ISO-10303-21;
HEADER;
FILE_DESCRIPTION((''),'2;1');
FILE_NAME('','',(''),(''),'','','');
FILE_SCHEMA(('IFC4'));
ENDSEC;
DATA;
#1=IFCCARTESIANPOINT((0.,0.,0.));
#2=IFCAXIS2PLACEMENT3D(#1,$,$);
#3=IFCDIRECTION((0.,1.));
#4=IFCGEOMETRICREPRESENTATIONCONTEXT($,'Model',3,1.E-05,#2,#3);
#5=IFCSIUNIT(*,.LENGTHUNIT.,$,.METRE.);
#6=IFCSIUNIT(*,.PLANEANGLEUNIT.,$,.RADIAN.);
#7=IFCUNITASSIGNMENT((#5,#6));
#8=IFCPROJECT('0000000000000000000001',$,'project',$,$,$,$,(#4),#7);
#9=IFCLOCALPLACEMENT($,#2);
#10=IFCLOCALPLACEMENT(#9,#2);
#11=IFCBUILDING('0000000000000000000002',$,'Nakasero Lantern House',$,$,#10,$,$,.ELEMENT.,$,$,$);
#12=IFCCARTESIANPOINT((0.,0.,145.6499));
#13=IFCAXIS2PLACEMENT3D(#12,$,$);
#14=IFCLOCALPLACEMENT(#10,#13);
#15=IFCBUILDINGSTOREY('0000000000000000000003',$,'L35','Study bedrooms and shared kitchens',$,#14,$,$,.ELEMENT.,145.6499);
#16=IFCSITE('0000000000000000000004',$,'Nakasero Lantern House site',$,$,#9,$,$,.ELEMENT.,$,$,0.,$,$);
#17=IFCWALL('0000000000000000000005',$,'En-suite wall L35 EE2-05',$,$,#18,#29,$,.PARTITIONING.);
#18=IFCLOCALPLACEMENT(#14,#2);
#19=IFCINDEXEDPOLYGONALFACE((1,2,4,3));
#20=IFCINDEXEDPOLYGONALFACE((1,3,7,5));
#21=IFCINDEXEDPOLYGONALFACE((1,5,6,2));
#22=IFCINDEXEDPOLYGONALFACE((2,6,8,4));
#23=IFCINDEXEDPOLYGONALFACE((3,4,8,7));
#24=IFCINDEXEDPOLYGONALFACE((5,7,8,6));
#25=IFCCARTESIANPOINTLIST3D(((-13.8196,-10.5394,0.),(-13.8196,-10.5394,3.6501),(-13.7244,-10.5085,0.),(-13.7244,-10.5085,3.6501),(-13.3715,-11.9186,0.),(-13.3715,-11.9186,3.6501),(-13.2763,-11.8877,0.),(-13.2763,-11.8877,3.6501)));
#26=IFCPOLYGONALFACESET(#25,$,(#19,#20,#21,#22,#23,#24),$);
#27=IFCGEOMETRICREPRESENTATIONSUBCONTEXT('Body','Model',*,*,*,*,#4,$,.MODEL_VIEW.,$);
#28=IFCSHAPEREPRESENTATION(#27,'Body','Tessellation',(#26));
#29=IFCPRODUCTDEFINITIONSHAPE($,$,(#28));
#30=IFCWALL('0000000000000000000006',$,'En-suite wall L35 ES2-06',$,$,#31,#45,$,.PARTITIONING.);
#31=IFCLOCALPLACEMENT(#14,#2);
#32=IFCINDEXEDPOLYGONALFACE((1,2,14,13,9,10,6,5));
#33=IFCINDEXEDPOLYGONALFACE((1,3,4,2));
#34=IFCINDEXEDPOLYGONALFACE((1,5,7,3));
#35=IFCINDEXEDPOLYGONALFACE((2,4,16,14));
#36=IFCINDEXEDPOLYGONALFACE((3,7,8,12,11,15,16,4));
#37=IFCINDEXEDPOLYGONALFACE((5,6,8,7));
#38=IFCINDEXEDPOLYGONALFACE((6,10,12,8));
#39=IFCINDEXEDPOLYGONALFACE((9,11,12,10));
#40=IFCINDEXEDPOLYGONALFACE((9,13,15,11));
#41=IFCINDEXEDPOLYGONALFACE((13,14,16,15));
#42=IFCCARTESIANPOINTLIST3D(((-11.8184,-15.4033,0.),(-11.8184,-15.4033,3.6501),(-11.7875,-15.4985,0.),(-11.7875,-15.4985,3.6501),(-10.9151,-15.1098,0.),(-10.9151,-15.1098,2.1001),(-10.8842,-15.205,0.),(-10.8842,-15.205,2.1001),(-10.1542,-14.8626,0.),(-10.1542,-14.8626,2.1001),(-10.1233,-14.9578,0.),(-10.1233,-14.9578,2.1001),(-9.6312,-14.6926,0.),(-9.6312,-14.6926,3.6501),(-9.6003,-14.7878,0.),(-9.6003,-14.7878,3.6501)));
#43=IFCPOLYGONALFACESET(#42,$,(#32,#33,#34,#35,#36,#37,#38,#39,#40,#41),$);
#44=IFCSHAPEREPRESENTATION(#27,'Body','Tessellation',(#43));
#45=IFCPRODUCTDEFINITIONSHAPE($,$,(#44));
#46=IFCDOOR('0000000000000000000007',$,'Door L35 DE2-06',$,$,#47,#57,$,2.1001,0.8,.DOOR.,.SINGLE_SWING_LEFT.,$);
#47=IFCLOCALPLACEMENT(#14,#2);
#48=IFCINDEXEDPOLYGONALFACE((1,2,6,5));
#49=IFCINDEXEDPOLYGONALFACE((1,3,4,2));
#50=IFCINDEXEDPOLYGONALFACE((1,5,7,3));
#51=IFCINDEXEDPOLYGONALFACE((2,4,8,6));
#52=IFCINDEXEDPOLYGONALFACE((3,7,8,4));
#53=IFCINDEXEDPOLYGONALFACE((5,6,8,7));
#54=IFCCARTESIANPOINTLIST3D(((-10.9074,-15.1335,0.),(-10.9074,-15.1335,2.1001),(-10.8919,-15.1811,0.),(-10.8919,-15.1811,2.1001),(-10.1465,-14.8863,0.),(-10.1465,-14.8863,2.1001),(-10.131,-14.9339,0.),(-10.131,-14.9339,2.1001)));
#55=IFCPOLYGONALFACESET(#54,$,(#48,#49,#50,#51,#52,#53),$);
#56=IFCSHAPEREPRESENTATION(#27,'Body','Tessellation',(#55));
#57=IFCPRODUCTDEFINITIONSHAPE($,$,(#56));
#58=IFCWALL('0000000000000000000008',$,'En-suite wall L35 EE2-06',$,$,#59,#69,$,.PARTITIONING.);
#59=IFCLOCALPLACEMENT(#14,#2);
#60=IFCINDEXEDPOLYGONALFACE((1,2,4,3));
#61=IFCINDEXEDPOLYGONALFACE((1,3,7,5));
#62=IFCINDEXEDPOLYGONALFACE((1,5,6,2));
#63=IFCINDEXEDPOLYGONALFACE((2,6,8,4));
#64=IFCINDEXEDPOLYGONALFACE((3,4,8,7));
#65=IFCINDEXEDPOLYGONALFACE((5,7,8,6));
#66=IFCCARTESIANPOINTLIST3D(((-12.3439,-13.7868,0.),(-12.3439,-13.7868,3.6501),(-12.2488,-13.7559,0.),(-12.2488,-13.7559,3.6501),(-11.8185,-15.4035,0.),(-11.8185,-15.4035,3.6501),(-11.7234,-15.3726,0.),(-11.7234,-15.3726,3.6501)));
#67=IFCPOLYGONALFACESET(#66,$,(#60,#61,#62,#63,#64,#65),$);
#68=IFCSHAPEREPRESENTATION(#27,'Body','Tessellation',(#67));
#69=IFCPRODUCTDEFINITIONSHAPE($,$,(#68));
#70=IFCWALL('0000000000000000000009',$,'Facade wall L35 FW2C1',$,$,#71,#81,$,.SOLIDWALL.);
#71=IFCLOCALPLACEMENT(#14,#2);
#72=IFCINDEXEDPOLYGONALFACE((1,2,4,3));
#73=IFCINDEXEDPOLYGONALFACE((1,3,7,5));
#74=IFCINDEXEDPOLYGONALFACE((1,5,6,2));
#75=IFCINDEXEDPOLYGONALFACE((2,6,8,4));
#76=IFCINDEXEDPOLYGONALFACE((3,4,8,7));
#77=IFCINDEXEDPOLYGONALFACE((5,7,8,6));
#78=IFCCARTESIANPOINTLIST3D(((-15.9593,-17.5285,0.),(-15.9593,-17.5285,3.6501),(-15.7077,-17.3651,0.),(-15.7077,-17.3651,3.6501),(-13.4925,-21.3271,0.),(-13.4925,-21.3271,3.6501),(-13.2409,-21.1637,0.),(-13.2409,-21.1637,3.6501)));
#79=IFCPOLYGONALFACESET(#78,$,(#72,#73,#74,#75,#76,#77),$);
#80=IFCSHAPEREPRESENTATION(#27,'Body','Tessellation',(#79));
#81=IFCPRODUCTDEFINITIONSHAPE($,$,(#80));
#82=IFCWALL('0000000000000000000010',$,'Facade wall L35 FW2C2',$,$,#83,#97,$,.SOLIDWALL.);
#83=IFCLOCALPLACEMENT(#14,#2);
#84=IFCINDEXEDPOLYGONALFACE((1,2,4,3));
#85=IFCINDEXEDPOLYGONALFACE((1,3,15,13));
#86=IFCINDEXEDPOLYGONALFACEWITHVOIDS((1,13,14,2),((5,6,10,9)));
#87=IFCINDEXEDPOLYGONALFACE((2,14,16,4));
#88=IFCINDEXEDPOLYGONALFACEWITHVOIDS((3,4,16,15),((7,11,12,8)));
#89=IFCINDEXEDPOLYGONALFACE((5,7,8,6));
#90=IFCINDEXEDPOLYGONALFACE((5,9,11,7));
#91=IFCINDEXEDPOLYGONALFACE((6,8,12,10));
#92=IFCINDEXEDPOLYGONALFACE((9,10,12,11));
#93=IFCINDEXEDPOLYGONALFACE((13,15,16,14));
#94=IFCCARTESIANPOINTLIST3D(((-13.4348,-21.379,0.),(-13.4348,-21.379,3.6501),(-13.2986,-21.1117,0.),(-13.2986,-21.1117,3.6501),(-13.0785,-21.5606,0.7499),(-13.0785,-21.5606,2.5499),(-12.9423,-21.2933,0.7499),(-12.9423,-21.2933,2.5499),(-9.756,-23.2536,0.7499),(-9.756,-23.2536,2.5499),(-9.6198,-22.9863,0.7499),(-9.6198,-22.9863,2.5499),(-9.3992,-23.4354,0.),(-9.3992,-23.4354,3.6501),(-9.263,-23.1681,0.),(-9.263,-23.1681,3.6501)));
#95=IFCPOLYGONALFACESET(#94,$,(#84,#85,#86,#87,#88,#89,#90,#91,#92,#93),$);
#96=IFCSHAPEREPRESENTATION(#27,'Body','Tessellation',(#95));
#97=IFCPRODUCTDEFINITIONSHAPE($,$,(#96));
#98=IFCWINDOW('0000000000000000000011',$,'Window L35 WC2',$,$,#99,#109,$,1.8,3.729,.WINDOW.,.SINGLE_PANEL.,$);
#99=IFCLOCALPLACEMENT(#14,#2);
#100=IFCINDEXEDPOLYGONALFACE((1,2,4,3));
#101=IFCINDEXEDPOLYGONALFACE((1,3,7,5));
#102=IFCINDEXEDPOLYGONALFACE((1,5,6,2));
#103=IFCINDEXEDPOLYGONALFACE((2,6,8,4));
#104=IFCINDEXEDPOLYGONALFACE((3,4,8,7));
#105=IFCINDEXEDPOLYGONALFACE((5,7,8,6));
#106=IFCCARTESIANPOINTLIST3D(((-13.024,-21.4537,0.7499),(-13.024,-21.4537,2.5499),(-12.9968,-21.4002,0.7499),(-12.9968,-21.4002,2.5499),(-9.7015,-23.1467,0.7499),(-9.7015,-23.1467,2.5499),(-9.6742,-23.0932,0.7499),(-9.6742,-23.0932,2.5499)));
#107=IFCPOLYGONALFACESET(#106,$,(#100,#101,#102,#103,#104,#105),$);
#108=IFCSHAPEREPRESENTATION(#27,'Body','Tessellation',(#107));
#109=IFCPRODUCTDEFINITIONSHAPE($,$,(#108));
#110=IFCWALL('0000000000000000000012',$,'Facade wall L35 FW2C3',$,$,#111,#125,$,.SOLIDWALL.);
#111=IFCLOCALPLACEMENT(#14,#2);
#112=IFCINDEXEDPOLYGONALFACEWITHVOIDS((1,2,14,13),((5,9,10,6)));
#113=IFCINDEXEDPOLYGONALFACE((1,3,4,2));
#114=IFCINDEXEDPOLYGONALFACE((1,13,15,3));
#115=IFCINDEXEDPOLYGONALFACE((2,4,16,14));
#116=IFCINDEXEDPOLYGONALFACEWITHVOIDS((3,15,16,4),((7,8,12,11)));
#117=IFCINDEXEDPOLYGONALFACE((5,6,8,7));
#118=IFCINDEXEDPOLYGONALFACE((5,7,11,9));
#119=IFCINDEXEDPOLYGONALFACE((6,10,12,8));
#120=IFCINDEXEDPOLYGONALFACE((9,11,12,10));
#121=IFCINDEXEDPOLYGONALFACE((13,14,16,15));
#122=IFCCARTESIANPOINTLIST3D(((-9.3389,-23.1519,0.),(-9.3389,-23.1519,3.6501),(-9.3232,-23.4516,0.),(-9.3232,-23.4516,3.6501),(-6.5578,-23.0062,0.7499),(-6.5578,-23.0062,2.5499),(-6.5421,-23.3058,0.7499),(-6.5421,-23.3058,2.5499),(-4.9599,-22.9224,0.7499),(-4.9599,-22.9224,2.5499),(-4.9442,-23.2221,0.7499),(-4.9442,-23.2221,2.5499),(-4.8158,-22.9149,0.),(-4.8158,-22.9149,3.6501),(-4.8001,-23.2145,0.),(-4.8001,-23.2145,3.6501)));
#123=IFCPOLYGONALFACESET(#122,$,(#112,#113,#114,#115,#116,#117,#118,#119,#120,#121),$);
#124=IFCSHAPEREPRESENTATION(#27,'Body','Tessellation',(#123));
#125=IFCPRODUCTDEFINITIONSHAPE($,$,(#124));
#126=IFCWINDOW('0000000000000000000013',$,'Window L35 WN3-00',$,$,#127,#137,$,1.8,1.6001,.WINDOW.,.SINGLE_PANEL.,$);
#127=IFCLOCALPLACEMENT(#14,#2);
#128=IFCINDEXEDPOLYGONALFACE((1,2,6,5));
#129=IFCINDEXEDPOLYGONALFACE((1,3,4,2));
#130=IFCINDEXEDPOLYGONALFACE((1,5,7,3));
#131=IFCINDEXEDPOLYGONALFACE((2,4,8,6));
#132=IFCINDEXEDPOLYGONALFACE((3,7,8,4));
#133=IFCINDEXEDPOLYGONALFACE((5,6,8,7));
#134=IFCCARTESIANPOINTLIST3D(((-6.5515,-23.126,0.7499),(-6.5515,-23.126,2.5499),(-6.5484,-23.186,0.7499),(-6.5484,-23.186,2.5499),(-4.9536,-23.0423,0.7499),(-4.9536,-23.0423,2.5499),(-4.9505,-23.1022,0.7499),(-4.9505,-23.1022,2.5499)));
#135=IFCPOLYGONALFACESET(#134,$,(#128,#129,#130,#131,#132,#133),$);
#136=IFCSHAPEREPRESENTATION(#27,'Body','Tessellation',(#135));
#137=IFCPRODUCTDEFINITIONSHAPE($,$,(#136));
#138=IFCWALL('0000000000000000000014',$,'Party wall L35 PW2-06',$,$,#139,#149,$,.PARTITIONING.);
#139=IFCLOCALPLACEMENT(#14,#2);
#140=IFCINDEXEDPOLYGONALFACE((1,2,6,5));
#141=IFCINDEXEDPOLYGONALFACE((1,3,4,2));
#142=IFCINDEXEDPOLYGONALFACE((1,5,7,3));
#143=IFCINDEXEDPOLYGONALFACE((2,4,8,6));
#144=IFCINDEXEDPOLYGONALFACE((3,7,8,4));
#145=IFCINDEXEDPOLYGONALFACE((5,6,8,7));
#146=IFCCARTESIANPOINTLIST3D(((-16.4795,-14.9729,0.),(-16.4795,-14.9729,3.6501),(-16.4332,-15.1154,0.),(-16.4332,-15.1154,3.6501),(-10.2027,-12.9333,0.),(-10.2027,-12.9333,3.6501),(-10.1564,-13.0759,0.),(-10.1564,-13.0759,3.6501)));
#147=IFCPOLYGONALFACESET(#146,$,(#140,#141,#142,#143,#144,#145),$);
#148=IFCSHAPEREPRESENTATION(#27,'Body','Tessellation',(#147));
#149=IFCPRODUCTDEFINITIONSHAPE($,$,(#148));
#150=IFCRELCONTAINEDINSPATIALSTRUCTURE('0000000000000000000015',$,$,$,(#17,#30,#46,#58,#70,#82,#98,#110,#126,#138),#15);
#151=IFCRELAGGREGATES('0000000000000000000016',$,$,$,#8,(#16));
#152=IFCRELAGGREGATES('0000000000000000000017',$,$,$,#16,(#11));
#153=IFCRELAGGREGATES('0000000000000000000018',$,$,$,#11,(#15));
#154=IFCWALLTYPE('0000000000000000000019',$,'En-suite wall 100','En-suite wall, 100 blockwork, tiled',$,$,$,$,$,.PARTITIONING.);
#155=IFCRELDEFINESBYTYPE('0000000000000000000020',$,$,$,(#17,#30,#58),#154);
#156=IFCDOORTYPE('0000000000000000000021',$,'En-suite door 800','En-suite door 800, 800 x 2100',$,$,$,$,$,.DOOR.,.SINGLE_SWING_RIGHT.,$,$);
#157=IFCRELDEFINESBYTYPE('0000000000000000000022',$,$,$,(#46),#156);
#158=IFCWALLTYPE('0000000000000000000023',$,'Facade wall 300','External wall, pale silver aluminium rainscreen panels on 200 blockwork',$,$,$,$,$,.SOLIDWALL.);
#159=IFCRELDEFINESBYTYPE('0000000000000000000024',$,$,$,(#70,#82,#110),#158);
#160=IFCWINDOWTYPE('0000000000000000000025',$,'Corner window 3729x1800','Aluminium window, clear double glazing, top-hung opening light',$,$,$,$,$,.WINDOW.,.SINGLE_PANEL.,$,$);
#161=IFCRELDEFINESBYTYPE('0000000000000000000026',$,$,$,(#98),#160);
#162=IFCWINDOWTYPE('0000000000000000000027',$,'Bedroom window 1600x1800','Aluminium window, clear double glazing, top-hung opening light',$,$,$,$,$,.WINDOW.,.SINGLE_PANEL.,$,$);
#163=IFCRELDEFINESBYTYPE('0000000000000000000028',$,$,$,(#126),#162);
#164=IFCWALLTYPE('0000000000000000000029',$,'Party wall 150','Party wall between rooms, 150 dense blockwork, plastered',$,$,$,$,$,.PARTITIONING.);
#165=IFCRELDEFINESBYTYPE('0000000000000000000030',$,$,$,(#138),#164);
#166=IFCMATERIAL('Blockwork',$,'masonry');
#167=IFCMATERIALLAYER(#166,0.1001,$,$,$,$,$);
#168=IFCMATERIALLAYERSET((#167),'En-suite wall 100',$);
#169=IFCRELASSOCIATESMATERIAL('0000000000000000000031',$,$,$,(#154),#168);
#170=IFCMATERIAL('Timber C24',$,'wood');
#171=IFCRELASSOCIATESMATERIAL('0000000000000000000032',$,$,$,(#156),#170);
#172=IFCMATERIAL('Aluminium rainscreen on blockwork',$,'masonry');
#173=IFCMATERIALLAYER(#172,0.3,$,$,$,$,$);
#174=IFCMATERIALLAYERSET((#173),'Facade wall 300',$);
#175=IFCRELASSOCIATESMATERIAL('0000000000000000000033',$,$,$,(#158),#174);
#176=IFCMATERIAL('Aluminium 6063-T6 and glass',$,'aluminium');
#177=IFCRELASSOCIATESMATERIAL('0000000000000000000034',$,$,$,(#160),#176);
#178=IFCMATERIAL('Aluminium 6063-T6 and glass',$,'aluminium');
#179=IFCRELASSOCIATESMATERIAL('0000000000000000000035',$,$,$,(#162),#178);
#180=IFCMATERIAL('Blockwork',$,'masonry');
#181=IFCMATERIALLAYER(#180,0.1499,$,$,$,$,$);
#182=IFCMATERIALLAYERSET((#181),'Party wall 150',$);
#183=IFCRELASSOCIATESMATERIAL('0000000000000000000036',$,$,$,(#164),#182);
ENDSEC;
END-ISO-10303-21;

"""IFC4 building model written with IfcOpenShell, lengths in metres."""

from ifc_helpers import new_model, si_unit, direction, frame, frame_2d, origin, place, context, subcontext, project, spatial, rectangle, extrude, material, layer, layer_set, type_object, element, fill, save


model = new_model("IFC4")

# Units and contexts
model_context = context("Model", 3, precision=1e-05, world=origin(), true_north=direction((0.0, 1.0)))
body_context = subcontext(model_context, "Body", "Model", "MODEL_VIEW")
ifc_project = project(units=[si_unit("LENGTHUNIT", "METRE"), si_unit("PLANEANGLEUNIT", "RADIAN")], contexts=[model_context])

# Site, building, storey
site_placement = place(None, origin())
site = spatial("IfcSite", under=ifc_project, at=site_placement, Name="Nakasero Lantern House site", CompositionType="ELEMENT", RefElevation=0.0)
building_placement = place(site_placement, origin())
building = spatial("IfcBuilding", under=site, at=building_placement, Name="Nakasero Lantern House", CompositionType="ELEMENT")
storey_placement = place(building_placement, frame((0.0, 0.0, 145.6499)))
storey = spatial("IfcBuildingStorey", under=building, at=storey_placement, Name="L35", Description="Study bedrooms and shared kitchens", CompositionType="ELEMENT", Elevation=145.6499)

# Shared definitions
ifc_material_1 = material(Name="Blockwork", Category="masonry")
ifc_layer_1 = layer(ifc_material_1, 0.1001)
ifc_layer_set_1 = layer_set([ifc_layer_1], Name="En-suite wall 100")
wall_type_1 = type_object("IfcWallType", Name="En-suite wall 100", Description="En-suite wall, 100 blockwork, tiled", PredefinedType="PARTITIONING", material=ifc_layer_set_1)
ifc_material_2 = material(Name="Timber C24", Category="wood")
door_type = type_object("IfcDoorType", Name="En-suite door 800", Description="En-suite door 800, 800 x 2100", OperationType="SINGLE_SWING_RIGHT", PredefinedType="DOOR", material=ifc_material_2)

# Wall
wall_1_placement = place(storey_placement, frame((-13.772, -10.5239, 0.0), z_axis=(0.0, 0.0, 1.0), x_axis=(0.308945, -0.95108, 0.0)))
element("IfcWall", 1, at=wall_1_placement, inside=storey, type_object=wall_type_1, Name="En-suite wall L35 EE2-05", PredefinedType="PARTITIONING", context=body_context, shape_type="SweptSolid", body=[
    extrude(rectangle(XDim=1.4502, YDim=0.1001, at=frame_2d((0.7251, 0.0))), origin(), (0.0, 0.0, 1.0), 3.6501),
])

# Wall, opening, door
wall_2_placement = place(storey_placement, frame((-9.6157, -14.7402, 0.0), z_axis=(0.0, 0.0, 1.0), x_axis=(-0.951055, -0.309021, 0.0)))
wall_2 = element("IfcWall", 2, at=wall_2_placement, inside=storey, type_object=wall_type_1, Name="En-suite wall L35 ES2-06", PredefinedType="PARTITIONING", context=body_context, shape_type="SweptSolid", body=[
    extrude(rectangle(XDim=2.2998, YDim=0.1001, at=frame_2d((1.1499, 0.0))), origin(), (0.0, 0.0, 1.0), 3.6501),
])
opening_1_placement = place(wall_2_placement, frame((0.55, 0.0, 0.0)))
opening_1 = element("IfcOpeningElement", 3, at=opening_1_placement, cuts=wall_2, PredefinedType="OPENING", context=body_context, shape_type="SweptSolid", body=[
    extrude(rectangle(XDim=0.8, YDim=2.1001, at=frame_2d((0.3999, 1.05))), frame((0.0, 0.0701, 0.0), z_axis=(0.0, -1.0, 0.0), x_axis=(1.0, 0.0, 0.0)), (0.0, 0.0, 1.0), 0.1401),
])
door_1_placement = place(opening_1_placement, origin())
door_1 = element("IfcDoor", 4, at=door_1_placement, inside=storey, type_object=door_type, Name="Door L35 DE2-06", OperationType="SINGLE_SWING_LEFT", OverallHeight=2.1001, OverallWidth=0.8, PredefinedType="DOOR", context=body_context, shape_type="SweptSolid", body=[
    extrude(rectangle(XDim=0.8, YDim=2.1001, at=frame_2d((0.3999, 1.05))), frame((0.0, 0.0249, 0.0), z_axis=(0.0, -1.0, 0.0), x_axis=(1.0, 0.0, 0.0)), (0.0, 0.0, 1.0), 0.05),
])
fill(opening_1, door_1)

# Walls
wall_3_placement = place(storey_placement, frame((-12.2964, -13.7712, 0.0), z_axis=(0.0, 0.0, 1.0), x_axis=(0.309067, -0.95104, 0.0)))
element("IfcWall", 5, at=wall_3_placement, inside=storey, type_object=wall_type_1, Name="En-suite wall L35 EE2-06", PredefinedType="PARTITIONING", context=body_context, shape_type="SweptSolid", body=[
    extrude(rectangle(XDim=1.7, YDim=0.1001, at=frame_2d((0.8501, 0.0))), origin(), (0.0, 0.0, 1.0), 3.6501),
])
ifc_material_3 = material(Name="Aluminium rainscreen on blockwork", Category="masonry")
ifc_layer_2 = layer(ifc_material_3, 0.3)
ifc_layer_set_2 = layer_set([ifc_layer_2], Name="Facade wall 300")
wall_type_2 = type_object("IfcWallType", Name="Facade wall 300", Description="External wall, pale silver aluminium rainscreen panels on 200 blockwork", PredefinedType="SOLIDWALL", material=ifc_layer_set_2)
wall_4_placement = place(storey_placement, frame((-15.8335, -17.4468, 0.0), z_axis=(0.0, 0.0, 1.0), x_axis=(0.544634, -0.838674, 0.0)))
element("IfcWall", 6, at=wall_4_placement, inside=storey, type_object=wall_type_2, Name="Facade wall L35 FW2C1", PredefinedType="SOLIDWALL", context=body_context, shape_type="SweptSolid", body=[
    extrude(rectangle(XDim=4.5293, YDim=0.3, at=frame_2d((2.2646, 0.0))), origin(), (0.0, 0.0, 1.0), 3.6501),
])

# Walls, openings, windows
wall_5_placement = place(storey_placement, frame((-13.3667, -21.2454, 0.0), z_axis=(0.0, 0.0, 1.0), x_axis=(0.890995, -0.454014, 0.0)))
wall_5 = element("IfcWall", 7, at=wall_5_placement, inside=storey, type_object=wall_type_2, Name="Facade wall L35 FW2C2", PredefinedType="SOLIDWALL", context=body_context, shape_type="SweptSolid", body=[
    extrude(rectangle(XDim=4.5293, YDim=0.3, at=frame_2d((2.2646, 0.0))), origin(), (0.0, 0.0, 1.0), 3.6501),
])
opening_2_placement = place(wall_5_placement, frame((0.3999, 0.0, 0.75)))
opening_2 = element("IfcOpeningElement", 8, at=opening_2_placement, cuts=wall_5, PredefinedType="OPENING", context=body_context, shape_type="SweptSolid", body=[
    extrude(rectangle(XDim=3.729, YDim=1.8, at=frame_2d((1.8645, 0.8999))), frame((0.0, 0.1699, 0.0), z_axis=(0.0, -1.0, 0.0), x_axis=(1.0, 0.0, 0.0)), (0.0, 0.0, 1.0), 0.3401),
])
ifc_material_4 = material(Name="Aluminium 6063-T6 and glass", Category="aluminium")
window_type_1 = type_object("IfcWindowType", Name="Corner window 3729x1800", Description="Aluminium window, clear double glazing, top-hung opening light", PartitioningType="SINGLE_PANEL", PredefinedType="WINDOW", material=ifc_material_4)
window_1_placement = place(opening_2_placement, origin())
window_1 = element("IfcWindow", 9, at=window_1_placement, inside=storey, type_object=window_type_1, Name="Window L35 WC2", OverallHeight=1.8, OverallWidth=3.729, PartitioningType="SINGLE_PANEL", PredefinedType="WINDOW", context=body_context, shape_type="SweptSolid", body=[
    extrude(rectangle(XDim=3.729, YDim=1.8, at=frame_2d((1.8645, 0.8999))), frame((0.0, 0.03, 0.0), z_axis=(0.0, -1.0, 0.0), x_axis=(1.0, 0.0, 0.0)), (0.0, 0.0, 1.0), 0.0601),
])
fill(opening_2, window_1)
wall_6_placement = place(storey_placement, frame((-9.3311, -23.3018, 0.0), z_axis=(0.0, 0.0, 1.0), x_axis=(0.998629, 0.052338, 0.0)))
wall_6 = element("IfcWall", 10, at=wall_6_placement, inside=storey, type_object=wall_type_2, Name="Facade wall L35 FW2C3", PredefinedType="SOLIDWALL", context=body_context, shape_type="SweptSolid", body=[
    extrude(rectangle(XDim=4.5293, YDim=0.3, at=frame_2d((2.2646, 0.0))), origin(), (0.0, 0.0, 1.0), 3.6501),
])
opening_3_placement = place(wall_6_placement, frame((2.7849, 0.0, 0.75)))
opening_3 = element("IfcOpeningElement", 11, at=opening_3_placement, cuts=wall_6, PredefinedType="OPENING", context=body_context, shape_type="SweptSolid", body=[
    extrude(rectangle(XDim=1.6001, YDim=1.8, at=frame_2d((0.8, 0.8999))), frame((0.0, 0.1699, 0.0), z_axis=(0.0, -1.0, 0.0), x_axis=(1.0, 0.0, 0.0)), (0.0, 0.0, 1.0), 0.3401),
])
ifc_material_5 = material(Name="Aluminium 6063-T6 and glass", Category="aluminium")
window_type_2 = type_object("IfcWindowType", Name="Bedroom window 1600x1800", Description="Aluminium window, clear double glazing, top-hung opening light", PartitioningType="SINGLE_PANEL", PredefinedType="WINDOW", material=ifc_material_5)
window_2_placement = place(opening_3_placement, origin())
window_2 = element("IfcWindow", 12, at=window_2_placement, inside=storey, type_object=window_type_2, Name="Window L35 WN3-00", OverallHeight=1.8, OverallWidth=1.6001, PartitioningType="SINGLE_PANEL", PredefinedType="WINDOW", context=body_context, shape_type="SweptSolid", body=[
    extrude(rectangle(XDim=1.6001, YDim=1.8, at=frame_2d((0.8, 0.8999))), frame((0.0, 0.03, 0.0), z_axis=(0.0, -1.0, 0.0), x_axis=(1.0, 0.0, 0.0)), (0.0, 0.0, 1.0), 0.0601),
])
fill(opening_3, window_2)

# Wall
ifc_material_6 = material(Name="Blockwork", Category="masonry")
ifc_layer_3 = layer(ifc_material_6, 0.1499)
ifc_layer_set_3 = layer_set([ifc_layer_3], Name="Party wall 150")
wall_type_3 = type_object("IfcWallType", Name="Party wall 150", Description="Party wall between rooms, 150 dense blockwork, plastered", PredefinedType="PARTITIONING", material=ifc_layer_set_3)
wall_7_placement = place(storey_placement, frame((-10.1797, -13.0046, 0.0), z_axis=(0.0, 0.0, 1.0), x_axis=(-0.951053, -0.309028, 0.0)))
element("IfcWall", 13, at=wall_7_placement, inside=storey, type_object=wall_type_3, Name="Party wall L35 PW2-06", PredefinedType="PARTITIONING", context=body_context, shape_type="SweptSolid", body=[
    extrude(rectangle(XDim=6.5999, YDim=0.1499, at=frame_2d((3.2998, 0.0))), origin(), (0.0, 0.0, 1.0), 3.6501),
])

save(model, "model.ifc")
